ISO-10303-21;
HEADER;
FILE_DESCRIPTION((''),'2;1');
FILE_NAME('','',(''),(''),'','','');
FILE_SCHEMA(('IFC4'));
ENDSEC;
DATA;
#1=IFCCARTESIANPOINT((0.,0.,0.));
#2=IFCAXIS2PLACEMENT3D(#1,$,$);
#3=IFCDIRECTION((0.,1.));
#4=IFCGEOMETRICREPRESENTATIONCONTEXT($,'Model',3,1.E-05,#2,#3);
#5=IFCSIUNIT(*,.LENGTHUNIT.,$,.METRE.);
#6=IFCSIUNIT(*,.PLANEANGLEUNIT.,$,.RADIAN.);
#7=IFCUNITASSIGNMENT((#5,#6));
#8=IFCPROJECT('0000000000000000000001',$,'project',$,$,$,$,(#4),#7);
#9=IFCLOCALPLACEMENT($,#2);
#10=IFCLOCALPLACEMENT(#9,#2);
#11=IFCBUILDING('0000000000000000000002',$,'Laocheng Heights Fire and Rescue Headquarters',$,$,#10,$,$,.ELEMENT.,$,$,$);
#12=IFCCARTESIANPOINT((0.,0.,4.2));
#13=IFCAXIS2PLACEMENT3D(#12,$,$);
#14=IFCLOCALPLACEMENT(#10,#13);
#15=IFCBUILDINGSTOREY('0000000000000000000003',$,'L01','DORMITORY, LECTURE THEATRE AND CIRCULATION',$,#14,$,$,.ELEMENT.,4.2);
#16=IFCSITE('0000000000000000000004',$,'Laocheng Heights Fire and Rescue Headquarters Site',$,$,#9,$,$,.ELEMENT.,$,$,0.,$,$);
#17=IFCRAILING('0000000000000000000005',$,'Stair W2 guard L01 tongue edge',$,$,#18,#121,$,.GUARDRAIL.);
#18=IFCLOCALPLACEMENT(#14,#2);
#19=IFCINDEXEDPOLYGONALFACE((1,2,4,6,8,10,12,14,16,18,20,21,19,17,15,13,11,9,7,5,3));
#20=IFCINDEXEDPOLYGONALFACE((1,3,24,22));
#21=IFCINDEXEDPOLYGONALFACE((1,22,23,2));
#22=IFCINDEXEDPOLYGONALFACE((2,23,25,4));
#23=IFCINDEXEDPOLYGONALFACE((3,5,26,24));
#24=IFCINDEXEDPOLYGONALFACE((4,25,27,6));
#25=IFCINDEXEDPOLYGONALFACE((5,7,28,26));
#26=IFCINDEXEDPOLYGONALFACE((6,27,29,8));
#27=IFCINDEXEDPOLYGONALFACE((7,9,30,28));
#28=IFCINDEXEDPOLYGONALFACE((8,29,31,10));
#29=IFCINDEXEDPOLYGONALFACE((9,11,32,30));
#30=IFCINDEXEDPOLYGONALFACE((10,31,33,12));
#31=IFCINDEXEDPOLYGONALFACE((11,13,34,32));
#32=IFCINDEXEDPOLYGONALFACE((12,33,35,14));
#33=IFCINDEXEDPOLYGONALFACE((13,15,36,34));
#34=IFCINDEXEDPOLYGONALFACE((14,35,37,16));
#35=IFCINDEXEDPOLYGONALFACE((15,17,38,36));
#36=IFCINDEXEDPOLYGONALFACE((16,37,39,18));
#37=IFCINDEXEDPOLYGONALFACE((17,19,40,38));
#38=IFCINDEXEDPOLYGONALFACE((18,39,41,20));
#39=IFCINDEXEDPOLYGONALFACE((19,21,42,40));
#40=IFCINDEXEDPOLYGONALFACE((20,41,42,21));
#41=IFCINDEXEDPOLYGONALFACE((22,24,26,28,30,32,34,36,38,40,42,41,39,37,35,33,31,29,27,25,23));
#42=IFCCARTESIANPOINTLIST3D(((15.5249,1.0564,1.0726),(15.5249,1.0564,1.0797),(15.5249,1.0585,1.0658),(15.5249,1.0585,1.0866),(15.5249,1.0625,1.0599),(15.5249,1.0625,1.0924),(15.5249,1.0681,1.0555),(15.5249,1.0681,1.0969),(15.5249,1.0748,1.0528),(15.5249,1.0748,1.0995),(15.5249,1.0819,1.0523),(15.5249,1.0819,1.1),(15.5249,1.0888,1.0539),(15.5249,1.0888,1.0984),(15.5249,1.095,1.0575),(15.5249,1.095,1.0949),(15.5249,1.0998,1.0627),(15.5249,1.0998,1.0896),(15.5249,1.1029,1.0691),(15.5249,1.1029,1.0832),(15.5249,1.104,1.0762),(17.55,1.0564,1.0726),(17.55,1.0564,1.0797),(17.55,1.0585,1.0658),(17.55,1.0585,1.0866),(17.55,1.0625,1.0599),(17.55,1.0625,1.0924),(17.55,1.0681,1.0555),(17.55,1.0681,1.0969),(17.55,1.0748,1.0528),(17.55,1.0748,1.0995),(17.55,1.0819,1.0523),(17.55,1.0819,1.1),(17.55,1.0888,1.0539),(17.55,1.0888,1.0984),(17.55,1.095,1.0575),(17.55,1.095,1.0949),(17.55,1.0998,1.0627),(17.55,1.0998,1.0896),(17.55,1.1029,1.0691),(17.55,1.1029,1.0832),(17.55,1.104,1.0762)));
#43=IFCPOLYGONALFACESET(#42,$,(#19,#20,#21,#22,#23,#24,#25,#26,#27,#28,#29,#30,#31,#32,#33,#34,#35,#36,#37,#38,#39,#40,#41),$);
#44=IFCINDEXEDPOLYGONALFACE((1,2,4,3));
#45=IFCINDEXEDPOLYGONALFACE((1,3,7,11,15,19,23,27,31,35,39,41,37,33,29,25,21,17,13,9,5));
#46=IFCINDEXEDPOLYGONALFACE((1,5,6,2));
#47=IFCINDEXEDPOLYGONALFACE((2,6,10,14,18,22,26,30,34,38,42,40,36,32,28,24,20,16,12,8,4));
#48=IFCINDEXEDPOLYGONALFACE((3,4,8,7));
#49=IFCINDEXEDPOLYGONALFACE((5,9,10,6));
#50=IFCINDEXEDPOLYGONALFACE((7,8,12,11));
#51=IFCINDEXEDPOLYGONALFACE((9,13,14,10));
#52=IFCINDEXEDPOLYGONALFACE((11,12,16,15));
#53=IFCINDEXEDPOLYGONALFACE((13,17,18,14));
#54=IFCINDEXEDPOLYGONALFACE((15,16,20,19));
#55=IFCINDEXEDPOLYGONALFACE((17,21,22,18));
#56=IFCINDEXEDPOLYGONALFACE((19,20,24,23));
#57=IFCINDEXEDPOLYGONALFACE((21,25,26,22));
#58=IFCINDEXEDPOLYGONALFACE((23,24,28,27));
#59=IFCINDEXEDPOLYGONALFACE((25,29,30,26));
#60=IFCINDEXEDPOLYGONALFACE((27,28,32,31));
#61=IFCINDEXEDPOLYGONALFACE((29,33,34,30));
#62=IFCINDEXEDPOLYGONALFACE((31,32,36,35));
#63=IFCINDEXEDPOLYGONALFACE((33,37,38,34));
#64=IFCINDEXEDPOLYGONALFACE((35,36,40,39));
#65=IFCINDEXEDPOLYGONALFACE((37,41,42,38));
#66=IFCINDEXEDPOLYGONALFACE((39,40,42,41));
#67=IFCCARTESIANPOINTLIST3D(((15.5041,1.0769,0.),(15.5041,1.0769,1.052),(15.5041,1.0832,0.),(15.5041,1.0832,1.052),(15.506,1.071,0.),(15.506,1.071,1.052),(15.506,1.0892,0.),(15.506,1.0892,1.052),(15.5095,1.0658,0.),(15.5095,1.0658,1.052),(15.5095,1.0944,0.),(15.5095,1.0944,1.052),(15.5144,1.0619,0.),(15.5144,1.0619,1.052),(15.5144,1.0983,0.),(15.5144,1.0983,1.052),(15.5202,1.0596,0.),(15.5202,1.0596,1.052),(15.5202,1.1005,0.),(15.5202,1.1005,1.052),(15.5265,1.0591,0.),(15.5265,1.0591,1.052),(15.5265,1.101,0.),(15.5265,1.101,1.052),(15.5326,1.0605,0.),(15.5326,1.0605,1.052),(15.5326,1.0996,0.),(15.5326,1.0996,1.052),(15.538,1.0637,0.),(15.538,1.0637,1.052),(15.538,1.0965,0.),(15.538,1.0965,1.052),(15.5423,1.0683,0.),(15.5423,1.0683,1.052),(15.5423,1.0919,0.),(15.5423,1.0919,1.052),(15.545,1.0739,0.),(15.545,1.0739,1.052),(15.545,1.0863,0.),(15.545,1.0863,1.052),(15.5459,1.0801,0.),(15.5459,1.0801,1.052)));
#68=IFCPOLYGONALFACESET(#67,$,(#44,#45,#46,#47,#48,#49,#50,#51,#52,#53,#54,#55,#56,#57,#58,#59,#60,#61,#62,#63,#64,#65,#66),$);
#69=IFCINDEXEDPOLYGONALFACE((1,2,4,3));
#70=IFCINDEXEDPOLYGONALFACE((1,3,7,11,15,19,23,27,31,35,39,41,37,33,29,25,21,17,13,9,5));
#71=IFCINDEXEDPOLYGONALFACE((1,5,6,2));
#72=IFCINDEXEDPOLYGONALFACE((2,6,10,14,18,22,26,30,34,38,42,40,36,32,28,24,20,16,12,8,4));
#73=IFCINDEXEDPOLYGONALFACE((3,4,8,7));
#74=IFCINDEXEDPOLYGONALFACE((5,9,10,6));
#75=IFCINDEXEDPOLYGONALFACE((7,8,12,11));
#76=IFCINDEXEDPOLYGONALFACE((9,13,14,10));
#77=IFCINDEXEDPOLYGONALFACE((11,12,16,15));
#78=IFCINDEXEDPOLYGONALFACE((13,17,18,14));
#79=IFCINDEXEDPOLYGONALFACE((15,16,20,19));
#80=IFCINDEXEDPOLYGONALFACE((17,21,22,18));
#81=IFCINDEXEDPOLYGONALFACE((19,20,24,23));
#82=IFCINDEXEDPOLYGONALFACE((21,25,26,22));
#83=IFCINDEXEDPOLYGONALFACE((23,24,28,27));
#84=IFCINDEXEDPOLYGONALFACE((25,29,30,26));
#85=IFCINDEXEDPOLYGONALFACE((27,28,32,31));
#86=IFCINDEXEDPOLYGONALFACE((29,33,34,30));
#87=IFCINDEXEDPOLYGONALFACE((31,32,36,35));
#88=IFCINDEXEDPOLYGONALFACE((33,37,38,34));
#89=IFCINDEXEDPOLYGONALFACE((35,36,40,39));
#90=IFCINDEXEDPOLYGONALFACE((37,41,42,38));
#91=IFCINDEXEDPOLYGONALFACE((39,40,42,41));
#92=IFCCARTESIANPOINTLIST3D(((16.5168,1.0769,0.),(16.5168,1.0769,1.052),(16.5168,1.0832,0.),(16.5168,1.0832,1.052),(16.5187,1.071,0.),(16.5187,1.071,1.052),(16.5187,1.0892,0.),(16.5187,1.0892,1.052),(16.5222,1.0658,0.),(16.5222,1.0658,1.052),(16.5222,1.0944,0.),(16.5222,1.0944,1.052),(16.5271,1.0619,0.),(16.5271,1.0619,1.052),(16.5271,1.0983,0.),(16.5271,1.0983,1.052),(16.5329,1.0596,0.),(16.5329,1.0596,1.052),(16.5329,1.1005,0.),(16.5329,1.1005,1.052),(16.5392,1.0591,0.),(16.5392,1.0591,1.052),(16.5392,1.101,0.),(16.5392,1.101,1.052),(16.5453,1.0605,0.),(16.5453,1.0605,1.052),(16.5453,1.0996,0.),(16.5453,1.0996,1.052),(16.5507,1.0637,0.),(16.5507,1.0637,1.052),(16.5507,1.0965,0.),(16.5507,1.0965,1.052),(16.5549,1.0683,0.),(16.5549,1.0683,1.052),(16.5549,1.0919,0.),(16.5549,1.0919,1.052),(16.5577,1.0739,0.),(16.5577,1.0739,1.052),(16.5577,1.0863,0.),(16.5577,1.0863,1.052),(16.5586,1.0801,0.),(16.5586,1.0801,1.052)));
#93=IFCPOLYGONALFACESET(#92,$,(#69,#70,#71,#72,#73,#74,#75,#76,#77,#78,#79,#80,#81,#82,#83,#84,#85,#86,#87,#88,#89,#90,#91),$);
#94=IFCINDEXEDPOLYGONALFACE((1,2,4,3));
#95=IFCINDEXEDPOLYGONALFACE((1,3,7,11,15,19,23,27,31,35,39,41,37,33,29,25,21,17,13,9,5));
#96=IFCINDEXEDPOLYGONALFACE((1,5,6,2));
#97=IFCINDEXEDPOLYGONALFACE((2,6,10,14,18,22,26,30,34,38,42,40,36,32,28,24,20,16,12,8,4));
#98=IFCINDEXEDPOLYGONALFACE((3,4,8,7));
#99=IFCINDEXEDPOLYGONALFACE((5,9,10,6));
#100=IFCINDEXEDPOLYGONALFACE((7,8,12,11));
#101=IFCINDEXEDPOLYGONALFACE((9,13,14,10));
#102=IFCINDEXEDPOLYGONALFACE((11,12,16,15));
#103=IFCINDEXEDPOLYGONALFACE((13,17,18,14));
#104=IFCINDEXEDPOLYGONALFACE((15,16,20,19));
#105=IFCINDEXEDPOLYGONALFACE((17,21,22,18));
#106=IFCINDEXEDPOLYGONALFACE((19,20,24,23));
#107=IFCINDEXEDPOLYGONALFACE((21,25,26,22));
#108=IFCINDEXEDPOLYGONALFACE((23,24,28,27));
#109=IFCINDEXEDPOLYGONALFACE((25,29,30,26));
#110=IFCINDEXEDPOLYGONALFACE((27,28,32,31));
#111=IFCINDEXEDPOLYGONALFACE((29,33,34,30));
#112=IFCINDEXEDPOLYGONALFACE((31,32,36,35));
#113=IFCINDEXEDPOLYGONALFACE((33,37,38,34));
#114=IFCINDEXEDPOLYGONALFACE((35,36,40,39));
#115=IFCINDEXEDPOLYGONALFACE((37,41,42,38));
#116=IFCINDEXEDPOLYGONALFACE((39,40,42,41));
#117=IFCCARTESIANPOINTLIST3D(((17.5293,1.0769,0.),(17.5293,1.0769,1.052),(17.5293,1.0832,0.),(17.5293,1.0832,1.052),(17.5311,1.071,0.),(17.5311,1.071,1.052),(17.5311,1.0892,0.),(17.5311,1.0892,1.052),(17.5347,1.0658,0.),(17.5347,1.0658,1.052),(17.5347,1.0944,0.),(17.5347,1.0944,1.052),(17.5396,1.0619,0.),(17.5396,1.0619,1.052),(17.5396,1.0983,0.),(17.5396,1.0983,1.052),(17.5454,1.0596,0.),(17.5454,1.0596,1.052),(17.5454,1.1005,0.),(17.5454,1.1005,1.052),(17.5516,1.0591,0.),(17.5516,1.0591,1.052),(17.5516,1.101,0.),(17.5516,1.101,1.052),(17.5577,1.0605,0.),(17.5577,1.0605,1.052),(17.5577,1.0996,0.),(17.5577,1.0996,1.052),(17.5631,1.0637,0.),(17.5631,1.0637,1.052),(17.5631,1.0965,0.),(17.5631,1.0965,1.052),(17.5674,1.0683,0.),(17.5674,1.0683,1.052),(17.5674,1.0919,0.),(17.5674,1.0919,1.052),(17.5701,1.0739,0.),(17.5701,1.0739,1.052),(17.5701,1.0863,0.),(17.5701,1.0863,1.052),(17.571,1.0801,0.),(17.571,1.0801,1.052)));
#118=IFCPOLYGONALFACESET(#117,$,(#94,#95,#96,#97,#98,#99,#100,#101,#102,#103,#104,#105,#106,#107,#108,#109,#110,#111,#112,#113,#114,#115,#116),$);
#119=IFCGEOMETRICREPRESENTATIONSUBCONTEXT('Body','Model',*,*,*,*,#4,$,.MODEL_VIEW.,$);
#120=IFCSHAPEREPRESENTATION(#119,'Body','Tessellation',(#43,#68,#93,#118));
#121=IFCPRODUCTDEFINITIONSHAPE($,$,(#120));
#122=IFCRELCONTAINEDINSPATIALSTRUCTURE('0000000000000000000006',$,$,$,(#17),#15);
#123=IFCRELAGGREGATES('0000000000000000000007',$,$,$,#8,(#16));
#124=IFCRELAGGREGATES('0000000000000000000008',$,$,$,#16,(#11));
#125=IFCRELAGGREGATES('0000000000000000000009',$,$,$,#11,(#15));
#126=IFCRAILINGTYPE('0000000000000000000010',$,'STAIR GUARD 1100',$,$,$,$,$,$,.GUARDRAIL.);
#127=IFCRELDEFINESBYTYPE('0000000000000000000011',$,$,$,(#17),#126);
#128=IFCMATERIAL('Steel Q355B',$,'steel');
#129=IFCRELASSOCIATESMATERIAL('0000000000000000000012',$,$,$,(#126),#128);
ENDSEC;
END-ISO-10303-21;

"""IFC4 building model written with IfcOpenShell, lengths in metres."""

from ifc_helpers import new_model, si_unit, direction, frame, origin, origin_2d, place, context, subcontext, project, spatial, circle, extrude, material, type_object, element, save


model = new_model("IFC4")

# Units and contexts
model_context = context("Model", 3, precision=1e-05, world=origin(), true_north=direction((0.0, 1.0)))
body_context = subcontext(model_context, "Body", "Model", "MODEL_VIEW")
ifc_project = project(units=[si_unit("LENGTHUNIT", "METRE"), si_unit("PLANEANGLEUNIT", "RADIAN")], contexts=[model_context])

# Site, building, storey
site_placement = place(None, origin())
site = spatial("IfcSite", under=ifc_project, at=site_placement, Name="Laocheng Heights Fire and Rescue Headquarters Site", CompositionType="ELEMENT", RefElevation=0.0)
building_placement = place(site_placement, origin())
building = spatial("IfcBuilding", under=site, at=building_placement, Name="Laocheng Heights Fire and Rescue Headquarters", CompositionType="ELEMENT")
storey_placement = place(building_placement, frame((0.0, 0.0, 4.2)))
storey = spatial("IfcBuildingStorey", under=building, at=storey_placement, Name="L01", Description="DORMITORY, LECTURE THEATRE AND CIRCULATION", CompositionType="ELEMENT", Elevation=4.2)

# Railing
ifc_material_1 = material(Name="Steel Q355B", Category="steel")
railing_type_1 = type_object("IfcRailingType", Name="STAIR GUARD 1100", PredefinedType="GUARDRAIL", material=ifc_material_1)
railing_1_placement = place(storey_placement, frame((15.5249, 1.0801, 0.0)))
element("IfcRailing", 1, at=railing_1_placement, inside=storey, type_object=railing_type_1, Name="Stair W2 guard L01 tongue edge", PredefinedType="GUARDRAIL", context=body_context, shape_type="SweptSolid", body=[
    extrude(circle(Radius=0.0239, at=origin_2d()), frame((0.0, 0.0, 1.0762), z_axis=(1.0, 0.0, 0.0), x_axis=(0.0, 1.0, 0.0)), (0.0, 0.0, 1.0), 2.0251),
    extrude(circle(Radius=0.021, at=origin_2d()), origin(), (0.0, 0.0, 1.0), 1.052),
    extrude(circle(Radius=0.021, at=origin_2d()), frame((1.0127, 0.0, 0.0)), (0.0, 0.0, 1.0), 1.052),
    extrude(circle(Radius=0.021, at=origin_2d()), frame((2.0251, 0.0, 0.0)), (0.0, 0.0, 1.0), 1.052),
])

save(model, "model.ifc")
